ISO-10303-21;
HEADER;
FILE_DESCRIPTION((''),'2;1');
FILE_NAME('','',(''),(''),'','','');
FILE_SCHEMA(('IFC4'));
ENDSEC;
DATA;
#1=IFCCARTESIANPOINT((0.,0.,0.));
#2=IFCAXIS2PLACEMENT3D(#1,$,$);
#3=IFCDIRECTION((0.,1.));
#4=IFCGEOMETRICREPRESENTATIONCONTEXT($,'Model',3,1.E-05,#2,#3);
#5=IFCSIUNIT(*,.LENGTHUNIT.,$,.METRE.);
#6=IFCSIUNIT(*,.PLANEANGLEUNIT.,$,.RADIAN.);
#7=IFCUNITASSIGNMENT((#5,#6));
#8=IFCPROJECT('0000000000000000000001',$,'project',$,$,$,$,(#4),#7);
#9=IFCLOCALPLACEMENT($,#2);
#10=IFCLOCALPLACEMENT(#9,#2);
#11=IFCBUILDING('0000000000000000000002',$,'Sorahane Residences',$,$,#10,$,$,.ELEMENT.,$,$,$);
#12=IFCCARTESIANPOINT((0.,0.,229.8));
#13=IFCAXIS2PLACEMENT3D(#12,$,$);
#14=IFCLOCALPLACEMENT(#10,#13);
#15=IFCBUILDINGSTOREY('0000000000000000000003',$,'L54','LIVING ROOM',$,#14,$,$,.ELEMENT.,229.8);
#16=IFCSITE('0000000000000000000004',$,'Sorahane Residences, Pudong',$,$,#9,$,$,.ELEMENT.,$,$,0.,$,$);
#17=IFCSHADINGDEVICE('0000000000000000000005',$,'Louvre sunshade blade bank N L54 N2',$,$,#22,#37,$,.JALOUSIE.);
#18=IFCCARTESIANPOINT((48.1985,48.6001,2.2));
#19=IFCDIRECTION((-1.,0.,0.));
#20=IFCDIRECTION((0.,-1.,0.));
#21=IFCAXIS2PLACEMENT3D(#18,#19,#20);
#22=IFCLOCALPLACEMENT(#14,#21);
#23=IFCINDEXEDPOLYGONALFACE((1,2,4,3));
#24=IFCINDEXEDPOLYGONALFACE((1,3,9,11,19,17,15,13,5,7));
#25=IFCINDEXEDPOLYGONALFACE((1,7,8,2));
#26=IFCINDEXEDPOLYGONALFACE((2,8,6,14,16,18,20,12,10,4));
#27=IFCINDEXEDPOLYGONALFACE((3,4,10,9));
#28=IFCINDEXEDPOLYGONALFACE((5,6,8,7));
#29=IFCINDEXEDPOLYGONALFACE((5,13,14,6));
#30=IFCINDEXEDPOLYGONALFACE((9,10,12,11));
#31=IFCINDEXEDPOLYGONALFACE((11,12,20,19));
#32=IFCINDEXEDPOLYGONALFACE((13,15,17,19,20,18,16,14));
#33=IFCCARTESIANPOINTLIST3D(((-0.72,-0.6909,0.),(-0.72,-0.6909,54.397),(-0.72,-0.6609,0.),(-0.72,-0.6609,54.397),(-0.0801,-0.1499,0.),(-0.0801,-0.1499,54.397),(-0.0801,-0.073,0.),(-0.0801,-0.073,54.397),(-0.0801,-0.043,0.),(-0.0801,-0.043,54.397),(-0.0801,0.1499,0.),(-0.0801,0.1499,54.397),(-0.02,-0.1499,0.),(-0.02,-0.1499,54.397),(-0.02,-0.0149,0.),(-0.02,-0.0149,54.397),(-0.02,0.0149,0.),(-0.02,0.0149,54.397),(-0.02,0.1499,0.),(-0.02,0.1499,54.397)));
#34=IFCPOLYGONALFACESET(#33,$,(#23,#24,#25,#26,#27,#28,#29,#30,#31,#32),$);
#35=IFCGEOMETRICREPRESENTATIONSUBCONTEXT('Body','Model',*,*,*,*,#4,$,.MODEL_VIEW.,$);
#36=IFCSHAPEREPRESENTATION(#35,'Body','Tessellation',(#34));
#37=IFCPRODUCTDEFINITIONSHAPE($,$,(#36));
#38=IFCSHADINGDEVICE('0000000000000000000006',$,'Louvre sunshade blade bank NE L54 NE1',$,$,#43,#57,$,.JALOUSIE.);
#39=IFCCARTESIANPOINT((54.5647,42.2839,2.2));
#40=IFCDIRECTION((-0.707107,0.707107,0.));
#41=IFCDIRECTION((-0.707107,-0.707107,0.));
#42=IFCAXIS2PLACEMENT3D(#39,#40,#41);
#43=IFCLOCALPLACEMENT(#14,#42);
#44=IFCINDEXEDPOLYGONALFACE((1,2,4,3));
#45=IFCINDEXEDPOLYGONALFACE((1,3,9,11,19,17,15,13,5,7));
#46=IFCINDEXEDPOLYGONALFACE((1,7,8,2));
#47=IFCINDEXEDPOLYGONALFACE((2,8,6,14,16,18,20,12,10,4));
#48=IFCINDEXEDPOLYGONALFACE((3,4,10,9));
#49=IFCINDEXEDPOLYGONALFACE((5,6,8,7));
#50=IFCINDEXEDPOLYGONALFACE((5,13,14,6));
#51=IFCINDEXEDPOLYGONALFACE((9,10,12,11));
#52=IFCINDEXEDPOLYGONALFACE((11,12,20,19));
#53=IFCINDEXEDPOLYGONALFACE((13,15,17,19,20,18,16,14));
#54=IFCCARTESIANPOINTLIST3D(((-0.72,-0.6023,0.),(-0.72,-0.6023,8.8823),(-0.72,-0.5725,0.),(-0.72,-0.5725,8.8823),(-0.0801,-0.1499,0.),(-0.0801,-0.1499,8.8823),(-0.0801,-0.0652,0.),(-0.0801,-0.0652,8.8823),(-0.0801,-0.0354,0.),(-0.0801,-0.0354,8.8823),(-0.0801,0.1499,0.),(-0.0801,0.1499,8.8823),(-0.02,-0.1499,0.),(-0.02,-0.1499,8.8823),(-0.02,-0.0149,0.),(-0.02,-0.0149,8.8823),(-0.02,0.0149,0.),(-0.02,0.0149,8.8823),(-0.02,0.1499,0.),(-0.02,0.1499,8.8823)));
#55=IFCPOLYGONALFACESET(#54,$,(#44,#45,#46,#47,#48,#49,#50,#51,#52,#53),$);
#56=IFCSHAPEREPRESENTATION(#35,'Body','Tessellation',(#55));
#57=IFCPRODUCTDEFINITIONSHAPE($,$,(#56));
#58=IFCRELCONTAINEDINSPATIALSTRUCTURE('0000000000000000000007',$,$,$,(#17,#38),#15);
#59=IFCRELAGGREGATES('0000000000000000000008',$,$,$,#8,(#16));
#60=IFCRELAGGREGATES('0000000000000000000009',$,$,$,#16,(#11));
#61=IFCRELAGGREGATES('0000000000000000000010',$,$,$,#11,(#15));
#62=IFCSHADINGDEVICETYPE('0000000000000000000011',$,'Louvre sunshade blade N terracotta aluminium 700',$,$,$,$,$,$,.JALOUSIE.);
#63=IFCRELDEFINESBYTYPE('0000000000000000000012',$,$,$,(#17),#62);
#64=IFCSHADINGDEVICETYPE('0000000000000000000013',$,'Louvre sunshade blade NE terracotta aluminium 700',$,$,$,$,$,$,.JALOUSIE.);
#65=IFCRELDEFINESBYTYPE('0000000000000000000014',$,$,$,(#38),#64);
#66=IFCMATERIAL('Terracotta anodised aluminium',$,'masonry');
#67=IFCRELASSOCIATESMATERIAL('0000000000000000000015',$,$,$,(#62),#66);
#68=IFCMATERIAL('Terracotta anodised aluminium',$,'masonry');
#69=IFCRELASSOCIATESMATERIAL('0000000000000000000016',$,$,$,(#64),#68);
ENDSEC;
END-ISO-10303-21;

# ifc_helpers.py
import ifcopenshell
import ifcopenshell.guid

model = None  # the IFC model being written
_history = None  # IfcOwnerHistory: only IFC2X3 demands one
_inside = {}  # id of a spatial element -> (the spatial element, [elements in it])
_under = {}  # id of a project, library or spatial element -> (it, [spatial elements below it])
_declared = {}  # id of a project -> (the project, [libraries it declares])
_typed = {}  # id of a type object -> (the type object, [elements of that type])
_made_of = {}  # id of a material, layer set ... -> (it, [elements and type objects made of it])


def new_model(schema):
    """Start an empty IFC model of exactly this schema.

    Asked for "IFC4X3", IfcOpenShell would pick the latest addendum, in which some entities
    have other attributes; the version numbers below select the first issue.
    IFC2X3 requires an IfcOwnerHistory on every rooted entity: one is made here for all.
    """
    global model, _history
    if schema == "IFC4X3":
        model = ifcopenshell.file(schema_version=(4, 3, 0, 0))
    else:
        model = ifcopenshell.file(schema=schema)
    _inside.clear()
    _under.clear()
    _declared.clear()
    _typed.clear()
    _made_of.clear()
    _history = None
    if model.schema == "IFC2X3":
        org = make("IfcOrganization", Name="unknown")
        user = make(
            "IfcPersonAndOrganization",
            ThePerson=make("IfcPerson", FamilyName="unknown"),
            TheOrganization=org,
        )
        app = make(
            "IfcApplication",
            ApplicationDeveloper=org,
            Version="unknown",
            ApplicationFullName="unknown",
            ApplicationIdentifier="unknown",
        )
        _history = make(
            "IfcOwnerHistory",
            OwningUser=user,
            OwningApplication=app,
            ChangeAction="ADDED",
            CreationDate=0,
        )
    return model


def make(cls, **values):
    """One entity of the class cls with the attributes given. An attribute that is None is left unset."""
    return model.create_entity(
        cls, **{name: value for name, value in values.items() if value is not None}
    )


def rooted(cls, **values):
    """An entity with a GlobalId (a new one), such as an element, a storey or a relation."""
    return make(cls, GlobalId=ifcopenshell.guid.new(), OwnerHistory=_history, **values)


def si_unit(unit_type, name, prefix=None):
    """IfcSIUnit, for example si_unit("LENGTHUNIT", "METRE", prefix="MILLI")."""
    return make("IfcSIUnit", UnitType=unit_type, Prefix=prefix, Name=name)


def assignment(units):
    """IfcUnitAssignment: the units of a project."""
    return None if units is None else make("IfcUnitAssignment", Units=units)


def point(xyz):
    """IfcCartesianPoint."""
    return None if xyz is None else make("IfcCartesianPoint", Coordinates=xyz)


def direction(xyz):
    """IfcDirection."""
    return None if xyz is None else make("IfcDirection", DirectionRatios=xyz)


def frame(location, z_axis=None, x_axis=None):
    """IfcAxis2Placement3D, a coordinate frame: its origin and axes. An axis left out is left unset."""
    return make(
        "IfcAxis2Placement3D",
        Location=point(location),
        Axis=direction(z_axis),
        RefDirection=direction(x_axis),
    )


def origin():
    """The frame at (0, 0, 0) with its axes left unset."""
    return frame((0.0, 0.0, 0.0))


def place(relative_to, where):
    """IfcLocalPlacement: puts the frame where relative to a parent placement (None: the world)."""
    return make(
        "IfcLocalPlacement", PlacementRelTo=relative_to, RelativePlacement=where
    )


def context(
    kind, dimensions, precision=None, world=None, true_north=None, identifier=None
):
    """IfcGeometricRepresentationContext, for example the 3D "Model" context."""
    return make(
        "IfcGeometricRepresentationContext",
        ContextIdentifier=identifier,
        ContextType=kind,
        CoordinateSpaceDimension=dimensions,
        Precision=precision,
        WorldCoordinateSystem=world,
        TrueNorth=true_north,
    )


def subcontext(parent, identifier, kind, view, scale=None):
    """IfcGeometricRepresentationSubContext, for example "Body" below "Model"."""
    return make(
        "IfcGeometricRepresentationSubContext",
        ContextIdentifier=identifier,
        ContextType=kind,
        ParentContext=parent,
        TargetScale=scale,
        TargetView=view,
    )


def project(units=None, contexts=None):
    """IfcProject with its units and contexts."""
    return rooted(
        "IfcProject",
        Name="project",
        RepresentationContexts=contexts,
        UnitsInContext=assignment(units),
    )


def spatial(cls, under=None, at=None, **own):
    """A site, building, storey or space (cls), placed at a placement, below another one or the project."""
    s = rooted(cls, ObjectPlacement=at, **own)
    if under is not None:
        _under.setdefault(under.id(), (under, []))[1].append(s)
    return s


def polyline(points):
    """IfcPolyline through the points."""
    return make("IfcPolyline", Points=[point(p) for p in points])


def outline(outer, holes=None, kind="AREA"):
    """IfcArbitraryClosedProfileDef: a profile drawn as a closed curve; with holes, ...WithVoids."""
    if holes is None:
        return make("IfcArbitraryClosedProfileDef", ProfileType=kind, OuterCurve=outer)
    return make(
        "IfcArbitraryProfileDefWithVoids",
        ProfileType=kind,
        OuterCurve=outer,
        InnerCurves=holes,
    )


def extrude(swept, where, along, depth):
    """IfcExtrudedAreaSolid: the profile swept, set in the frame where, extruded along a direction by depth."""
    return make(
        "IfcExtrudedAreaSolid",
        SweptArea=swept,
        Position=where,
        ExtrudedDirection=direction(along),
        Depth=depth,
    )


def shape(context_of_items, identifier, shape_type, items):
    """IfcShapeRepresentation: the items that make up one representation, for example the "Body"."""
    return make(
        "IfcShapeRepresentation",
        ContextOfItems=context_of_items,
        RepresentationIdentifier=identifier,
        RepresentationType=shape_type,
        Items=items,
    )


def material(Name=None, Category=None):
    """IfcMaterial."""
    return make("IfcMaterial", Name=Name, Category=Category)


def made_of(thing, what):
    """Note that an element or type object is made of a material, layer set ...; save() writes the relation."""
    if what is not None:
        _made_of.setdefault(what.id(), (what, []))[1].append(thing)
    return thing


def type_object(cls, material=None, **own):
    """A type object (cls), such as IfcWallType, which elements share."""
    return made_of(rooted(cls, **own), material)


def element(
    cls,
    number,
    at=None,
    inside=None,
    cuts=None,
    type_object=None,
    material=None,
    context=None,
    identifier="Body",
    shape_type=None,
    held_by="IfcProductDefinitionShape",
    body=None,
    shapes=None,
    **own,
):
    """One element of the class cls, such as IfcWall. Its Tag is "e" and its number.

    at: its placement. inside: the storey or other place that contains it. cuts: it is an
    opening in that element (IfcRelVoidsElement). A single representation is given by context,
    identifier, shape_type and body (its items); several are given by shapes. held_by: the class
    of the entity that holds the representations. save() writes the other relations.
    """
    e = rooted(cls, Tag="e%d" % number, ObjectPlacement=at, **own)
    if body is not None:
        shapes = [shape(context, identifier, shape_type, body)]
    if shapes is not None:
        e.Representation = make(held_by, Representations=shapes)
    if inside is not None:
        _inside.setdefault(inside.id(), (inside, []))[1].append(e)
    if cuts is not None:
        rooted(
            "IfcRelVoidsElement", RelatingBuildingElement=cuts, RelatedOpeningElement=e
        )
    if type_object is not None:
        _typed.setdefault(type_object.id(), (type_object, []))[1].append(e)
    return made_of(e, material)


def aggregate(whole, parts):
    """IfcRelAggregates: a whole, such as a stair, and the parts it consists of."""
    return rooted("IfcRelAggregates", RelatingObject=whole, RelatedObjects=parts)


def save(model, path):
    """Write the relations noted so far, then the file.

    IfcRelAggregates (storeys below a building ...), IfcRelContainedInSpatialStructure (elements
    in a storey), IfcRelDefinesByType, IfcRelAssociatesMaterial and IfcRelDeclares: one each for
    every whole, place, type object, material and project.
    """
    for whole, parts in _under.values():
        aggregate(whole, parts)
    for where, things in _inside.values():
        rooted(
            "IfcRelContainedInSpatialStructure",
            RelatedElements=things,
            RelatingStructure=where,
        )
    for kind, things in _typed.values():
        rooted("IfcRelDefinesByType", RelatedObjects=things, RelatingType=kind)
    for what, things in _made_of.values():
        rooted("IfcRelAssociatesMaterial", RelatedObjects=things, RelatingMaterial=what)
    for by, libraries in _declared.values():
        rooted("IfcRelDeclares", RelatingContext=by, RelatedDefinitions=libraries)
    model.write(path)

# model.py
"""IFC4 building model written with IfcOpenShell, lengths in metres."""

from ifc_helpers import new_model, si_unit, direction, frame, origin, place, context, subcontext, project, spatial, polyline, outline, extrude, material, type_object, element, save


model = new_model("IFC4")

# Units and contexts
model_context = context("Model", 3, precision=1e-05, world=origin(), true_north=direction((0.0, 1.0)))
body_context = subcontext(model_context, "Body", "Model", "MODEL_VIEW")
ifc_project = project(units=[si_unit("LENGTHUNIT", "METRE"), si_unit("PLANEANGLEUNIT", "RADIAN")], contexts=[model_context])

# Site, building, storey
site_placement = place(None, origin())
site = spatial("IfcSite", under=ifc_project, at=site_placement, Name="Sorahane Residences, Pudong", CompositionType="ELEMENT", RefElevation=0.0)
building_placement = place(site_placement, origin())
building = spatial("IfcBuilding", under=site, at=building_placement, Name="Sorahane Residences", CompositionType="ELEMENT")
storey_placement = place(building_placement, frame((0.0, 0.0, 229.8)))
storey = spatial("IfcBuildingStorey", under=building, at=storey_placement, Name="L54", Description="LIVING ROOM", CompositionType="ELEMENT", Elevation=229.8)

# Shading devices
ifc_material_1 = material(Name="Terracotta anodised aluminium", Category="masonry")
shading_device_type_1 = type_object("IfcShadingDeviceType", Name="Louvre sunshade blade N terracotta aluminium 700", PredefinedType="JALOUSIE", material=ifc_material_1)
shading_device_1_placement = place(storey_placement, frame((48.1985, 48.6001, 2.2), z_axis=(-1.0, 0.0, 0.0), x_axis=(0.0, -1.0, 0.0)))
element("IfcShadingDevice", 1, at=shading_device_1_placement, inside=storey, type_object=shading_device_type_1, Name="Louvre sunshade blade bank N L54 N2", PredefinedType="JALOUSIE", context=body_context, shape_type="SweptSolid", body=[
    extrude(outline(polyline([(-0.72, -0.6609), (-0.72, -0.6909), (-0.0801, -0.073), (-0.0801, -0.1499), (-0.02, -0.1499), (-0.02, -0.0149), (-0.02, 0.0149), (-0.02, 0.1499), (-0.0801, 0.1499), (-0.0801, -0.043), (-0.72, -0.6609)])), origin(), (0.0, 0.0, 1.0), 54.397),
])
ifc_material_2 = material(Name="Terracotta anodised aluminium", Category="masonry")
shading_device_type_2 = type_object("IfcShadingDeviceType", Name="Louvre sunshade blade NE terracotta aluminium 700", PredefinedType="JALOUSIE", material=ifc_material_2)
shading_device_2_placement = place(storey_placement, frame((54.5647, 42.2839, 2.2), z_axis=(-0.707107, 0.707107, 0.0), x_axis=(-0.707107, -0.707107, 0.0)))
element("IfcShadingDevice", 2, at=shading_device_2_placement, inside=storey, type_object=shading_device_type_2, Name="Louvre sunshade blade bank NE L54 NE1", PredefinedType="JALOUSIE", context=body_context, shape_type="SweptSolid", body=[
    extrude(outline(polyline([(-0.72, -0.5725), (-0.72, -0.6023), (-0.0801, -0.0652), (-0.0801, -0.1499), (-0.02, -0.1499), (-0.02, -0.0149), (-0.02, 0.0149), (-0.02, 0.1499), (-0.0801, 0.1499), (-0.0801, -0.0354), (-0.72, -0.5725)])), origin(), (0.0, 0.0, 1.0), 8.8823),
])

save(model, "model.ifc")
